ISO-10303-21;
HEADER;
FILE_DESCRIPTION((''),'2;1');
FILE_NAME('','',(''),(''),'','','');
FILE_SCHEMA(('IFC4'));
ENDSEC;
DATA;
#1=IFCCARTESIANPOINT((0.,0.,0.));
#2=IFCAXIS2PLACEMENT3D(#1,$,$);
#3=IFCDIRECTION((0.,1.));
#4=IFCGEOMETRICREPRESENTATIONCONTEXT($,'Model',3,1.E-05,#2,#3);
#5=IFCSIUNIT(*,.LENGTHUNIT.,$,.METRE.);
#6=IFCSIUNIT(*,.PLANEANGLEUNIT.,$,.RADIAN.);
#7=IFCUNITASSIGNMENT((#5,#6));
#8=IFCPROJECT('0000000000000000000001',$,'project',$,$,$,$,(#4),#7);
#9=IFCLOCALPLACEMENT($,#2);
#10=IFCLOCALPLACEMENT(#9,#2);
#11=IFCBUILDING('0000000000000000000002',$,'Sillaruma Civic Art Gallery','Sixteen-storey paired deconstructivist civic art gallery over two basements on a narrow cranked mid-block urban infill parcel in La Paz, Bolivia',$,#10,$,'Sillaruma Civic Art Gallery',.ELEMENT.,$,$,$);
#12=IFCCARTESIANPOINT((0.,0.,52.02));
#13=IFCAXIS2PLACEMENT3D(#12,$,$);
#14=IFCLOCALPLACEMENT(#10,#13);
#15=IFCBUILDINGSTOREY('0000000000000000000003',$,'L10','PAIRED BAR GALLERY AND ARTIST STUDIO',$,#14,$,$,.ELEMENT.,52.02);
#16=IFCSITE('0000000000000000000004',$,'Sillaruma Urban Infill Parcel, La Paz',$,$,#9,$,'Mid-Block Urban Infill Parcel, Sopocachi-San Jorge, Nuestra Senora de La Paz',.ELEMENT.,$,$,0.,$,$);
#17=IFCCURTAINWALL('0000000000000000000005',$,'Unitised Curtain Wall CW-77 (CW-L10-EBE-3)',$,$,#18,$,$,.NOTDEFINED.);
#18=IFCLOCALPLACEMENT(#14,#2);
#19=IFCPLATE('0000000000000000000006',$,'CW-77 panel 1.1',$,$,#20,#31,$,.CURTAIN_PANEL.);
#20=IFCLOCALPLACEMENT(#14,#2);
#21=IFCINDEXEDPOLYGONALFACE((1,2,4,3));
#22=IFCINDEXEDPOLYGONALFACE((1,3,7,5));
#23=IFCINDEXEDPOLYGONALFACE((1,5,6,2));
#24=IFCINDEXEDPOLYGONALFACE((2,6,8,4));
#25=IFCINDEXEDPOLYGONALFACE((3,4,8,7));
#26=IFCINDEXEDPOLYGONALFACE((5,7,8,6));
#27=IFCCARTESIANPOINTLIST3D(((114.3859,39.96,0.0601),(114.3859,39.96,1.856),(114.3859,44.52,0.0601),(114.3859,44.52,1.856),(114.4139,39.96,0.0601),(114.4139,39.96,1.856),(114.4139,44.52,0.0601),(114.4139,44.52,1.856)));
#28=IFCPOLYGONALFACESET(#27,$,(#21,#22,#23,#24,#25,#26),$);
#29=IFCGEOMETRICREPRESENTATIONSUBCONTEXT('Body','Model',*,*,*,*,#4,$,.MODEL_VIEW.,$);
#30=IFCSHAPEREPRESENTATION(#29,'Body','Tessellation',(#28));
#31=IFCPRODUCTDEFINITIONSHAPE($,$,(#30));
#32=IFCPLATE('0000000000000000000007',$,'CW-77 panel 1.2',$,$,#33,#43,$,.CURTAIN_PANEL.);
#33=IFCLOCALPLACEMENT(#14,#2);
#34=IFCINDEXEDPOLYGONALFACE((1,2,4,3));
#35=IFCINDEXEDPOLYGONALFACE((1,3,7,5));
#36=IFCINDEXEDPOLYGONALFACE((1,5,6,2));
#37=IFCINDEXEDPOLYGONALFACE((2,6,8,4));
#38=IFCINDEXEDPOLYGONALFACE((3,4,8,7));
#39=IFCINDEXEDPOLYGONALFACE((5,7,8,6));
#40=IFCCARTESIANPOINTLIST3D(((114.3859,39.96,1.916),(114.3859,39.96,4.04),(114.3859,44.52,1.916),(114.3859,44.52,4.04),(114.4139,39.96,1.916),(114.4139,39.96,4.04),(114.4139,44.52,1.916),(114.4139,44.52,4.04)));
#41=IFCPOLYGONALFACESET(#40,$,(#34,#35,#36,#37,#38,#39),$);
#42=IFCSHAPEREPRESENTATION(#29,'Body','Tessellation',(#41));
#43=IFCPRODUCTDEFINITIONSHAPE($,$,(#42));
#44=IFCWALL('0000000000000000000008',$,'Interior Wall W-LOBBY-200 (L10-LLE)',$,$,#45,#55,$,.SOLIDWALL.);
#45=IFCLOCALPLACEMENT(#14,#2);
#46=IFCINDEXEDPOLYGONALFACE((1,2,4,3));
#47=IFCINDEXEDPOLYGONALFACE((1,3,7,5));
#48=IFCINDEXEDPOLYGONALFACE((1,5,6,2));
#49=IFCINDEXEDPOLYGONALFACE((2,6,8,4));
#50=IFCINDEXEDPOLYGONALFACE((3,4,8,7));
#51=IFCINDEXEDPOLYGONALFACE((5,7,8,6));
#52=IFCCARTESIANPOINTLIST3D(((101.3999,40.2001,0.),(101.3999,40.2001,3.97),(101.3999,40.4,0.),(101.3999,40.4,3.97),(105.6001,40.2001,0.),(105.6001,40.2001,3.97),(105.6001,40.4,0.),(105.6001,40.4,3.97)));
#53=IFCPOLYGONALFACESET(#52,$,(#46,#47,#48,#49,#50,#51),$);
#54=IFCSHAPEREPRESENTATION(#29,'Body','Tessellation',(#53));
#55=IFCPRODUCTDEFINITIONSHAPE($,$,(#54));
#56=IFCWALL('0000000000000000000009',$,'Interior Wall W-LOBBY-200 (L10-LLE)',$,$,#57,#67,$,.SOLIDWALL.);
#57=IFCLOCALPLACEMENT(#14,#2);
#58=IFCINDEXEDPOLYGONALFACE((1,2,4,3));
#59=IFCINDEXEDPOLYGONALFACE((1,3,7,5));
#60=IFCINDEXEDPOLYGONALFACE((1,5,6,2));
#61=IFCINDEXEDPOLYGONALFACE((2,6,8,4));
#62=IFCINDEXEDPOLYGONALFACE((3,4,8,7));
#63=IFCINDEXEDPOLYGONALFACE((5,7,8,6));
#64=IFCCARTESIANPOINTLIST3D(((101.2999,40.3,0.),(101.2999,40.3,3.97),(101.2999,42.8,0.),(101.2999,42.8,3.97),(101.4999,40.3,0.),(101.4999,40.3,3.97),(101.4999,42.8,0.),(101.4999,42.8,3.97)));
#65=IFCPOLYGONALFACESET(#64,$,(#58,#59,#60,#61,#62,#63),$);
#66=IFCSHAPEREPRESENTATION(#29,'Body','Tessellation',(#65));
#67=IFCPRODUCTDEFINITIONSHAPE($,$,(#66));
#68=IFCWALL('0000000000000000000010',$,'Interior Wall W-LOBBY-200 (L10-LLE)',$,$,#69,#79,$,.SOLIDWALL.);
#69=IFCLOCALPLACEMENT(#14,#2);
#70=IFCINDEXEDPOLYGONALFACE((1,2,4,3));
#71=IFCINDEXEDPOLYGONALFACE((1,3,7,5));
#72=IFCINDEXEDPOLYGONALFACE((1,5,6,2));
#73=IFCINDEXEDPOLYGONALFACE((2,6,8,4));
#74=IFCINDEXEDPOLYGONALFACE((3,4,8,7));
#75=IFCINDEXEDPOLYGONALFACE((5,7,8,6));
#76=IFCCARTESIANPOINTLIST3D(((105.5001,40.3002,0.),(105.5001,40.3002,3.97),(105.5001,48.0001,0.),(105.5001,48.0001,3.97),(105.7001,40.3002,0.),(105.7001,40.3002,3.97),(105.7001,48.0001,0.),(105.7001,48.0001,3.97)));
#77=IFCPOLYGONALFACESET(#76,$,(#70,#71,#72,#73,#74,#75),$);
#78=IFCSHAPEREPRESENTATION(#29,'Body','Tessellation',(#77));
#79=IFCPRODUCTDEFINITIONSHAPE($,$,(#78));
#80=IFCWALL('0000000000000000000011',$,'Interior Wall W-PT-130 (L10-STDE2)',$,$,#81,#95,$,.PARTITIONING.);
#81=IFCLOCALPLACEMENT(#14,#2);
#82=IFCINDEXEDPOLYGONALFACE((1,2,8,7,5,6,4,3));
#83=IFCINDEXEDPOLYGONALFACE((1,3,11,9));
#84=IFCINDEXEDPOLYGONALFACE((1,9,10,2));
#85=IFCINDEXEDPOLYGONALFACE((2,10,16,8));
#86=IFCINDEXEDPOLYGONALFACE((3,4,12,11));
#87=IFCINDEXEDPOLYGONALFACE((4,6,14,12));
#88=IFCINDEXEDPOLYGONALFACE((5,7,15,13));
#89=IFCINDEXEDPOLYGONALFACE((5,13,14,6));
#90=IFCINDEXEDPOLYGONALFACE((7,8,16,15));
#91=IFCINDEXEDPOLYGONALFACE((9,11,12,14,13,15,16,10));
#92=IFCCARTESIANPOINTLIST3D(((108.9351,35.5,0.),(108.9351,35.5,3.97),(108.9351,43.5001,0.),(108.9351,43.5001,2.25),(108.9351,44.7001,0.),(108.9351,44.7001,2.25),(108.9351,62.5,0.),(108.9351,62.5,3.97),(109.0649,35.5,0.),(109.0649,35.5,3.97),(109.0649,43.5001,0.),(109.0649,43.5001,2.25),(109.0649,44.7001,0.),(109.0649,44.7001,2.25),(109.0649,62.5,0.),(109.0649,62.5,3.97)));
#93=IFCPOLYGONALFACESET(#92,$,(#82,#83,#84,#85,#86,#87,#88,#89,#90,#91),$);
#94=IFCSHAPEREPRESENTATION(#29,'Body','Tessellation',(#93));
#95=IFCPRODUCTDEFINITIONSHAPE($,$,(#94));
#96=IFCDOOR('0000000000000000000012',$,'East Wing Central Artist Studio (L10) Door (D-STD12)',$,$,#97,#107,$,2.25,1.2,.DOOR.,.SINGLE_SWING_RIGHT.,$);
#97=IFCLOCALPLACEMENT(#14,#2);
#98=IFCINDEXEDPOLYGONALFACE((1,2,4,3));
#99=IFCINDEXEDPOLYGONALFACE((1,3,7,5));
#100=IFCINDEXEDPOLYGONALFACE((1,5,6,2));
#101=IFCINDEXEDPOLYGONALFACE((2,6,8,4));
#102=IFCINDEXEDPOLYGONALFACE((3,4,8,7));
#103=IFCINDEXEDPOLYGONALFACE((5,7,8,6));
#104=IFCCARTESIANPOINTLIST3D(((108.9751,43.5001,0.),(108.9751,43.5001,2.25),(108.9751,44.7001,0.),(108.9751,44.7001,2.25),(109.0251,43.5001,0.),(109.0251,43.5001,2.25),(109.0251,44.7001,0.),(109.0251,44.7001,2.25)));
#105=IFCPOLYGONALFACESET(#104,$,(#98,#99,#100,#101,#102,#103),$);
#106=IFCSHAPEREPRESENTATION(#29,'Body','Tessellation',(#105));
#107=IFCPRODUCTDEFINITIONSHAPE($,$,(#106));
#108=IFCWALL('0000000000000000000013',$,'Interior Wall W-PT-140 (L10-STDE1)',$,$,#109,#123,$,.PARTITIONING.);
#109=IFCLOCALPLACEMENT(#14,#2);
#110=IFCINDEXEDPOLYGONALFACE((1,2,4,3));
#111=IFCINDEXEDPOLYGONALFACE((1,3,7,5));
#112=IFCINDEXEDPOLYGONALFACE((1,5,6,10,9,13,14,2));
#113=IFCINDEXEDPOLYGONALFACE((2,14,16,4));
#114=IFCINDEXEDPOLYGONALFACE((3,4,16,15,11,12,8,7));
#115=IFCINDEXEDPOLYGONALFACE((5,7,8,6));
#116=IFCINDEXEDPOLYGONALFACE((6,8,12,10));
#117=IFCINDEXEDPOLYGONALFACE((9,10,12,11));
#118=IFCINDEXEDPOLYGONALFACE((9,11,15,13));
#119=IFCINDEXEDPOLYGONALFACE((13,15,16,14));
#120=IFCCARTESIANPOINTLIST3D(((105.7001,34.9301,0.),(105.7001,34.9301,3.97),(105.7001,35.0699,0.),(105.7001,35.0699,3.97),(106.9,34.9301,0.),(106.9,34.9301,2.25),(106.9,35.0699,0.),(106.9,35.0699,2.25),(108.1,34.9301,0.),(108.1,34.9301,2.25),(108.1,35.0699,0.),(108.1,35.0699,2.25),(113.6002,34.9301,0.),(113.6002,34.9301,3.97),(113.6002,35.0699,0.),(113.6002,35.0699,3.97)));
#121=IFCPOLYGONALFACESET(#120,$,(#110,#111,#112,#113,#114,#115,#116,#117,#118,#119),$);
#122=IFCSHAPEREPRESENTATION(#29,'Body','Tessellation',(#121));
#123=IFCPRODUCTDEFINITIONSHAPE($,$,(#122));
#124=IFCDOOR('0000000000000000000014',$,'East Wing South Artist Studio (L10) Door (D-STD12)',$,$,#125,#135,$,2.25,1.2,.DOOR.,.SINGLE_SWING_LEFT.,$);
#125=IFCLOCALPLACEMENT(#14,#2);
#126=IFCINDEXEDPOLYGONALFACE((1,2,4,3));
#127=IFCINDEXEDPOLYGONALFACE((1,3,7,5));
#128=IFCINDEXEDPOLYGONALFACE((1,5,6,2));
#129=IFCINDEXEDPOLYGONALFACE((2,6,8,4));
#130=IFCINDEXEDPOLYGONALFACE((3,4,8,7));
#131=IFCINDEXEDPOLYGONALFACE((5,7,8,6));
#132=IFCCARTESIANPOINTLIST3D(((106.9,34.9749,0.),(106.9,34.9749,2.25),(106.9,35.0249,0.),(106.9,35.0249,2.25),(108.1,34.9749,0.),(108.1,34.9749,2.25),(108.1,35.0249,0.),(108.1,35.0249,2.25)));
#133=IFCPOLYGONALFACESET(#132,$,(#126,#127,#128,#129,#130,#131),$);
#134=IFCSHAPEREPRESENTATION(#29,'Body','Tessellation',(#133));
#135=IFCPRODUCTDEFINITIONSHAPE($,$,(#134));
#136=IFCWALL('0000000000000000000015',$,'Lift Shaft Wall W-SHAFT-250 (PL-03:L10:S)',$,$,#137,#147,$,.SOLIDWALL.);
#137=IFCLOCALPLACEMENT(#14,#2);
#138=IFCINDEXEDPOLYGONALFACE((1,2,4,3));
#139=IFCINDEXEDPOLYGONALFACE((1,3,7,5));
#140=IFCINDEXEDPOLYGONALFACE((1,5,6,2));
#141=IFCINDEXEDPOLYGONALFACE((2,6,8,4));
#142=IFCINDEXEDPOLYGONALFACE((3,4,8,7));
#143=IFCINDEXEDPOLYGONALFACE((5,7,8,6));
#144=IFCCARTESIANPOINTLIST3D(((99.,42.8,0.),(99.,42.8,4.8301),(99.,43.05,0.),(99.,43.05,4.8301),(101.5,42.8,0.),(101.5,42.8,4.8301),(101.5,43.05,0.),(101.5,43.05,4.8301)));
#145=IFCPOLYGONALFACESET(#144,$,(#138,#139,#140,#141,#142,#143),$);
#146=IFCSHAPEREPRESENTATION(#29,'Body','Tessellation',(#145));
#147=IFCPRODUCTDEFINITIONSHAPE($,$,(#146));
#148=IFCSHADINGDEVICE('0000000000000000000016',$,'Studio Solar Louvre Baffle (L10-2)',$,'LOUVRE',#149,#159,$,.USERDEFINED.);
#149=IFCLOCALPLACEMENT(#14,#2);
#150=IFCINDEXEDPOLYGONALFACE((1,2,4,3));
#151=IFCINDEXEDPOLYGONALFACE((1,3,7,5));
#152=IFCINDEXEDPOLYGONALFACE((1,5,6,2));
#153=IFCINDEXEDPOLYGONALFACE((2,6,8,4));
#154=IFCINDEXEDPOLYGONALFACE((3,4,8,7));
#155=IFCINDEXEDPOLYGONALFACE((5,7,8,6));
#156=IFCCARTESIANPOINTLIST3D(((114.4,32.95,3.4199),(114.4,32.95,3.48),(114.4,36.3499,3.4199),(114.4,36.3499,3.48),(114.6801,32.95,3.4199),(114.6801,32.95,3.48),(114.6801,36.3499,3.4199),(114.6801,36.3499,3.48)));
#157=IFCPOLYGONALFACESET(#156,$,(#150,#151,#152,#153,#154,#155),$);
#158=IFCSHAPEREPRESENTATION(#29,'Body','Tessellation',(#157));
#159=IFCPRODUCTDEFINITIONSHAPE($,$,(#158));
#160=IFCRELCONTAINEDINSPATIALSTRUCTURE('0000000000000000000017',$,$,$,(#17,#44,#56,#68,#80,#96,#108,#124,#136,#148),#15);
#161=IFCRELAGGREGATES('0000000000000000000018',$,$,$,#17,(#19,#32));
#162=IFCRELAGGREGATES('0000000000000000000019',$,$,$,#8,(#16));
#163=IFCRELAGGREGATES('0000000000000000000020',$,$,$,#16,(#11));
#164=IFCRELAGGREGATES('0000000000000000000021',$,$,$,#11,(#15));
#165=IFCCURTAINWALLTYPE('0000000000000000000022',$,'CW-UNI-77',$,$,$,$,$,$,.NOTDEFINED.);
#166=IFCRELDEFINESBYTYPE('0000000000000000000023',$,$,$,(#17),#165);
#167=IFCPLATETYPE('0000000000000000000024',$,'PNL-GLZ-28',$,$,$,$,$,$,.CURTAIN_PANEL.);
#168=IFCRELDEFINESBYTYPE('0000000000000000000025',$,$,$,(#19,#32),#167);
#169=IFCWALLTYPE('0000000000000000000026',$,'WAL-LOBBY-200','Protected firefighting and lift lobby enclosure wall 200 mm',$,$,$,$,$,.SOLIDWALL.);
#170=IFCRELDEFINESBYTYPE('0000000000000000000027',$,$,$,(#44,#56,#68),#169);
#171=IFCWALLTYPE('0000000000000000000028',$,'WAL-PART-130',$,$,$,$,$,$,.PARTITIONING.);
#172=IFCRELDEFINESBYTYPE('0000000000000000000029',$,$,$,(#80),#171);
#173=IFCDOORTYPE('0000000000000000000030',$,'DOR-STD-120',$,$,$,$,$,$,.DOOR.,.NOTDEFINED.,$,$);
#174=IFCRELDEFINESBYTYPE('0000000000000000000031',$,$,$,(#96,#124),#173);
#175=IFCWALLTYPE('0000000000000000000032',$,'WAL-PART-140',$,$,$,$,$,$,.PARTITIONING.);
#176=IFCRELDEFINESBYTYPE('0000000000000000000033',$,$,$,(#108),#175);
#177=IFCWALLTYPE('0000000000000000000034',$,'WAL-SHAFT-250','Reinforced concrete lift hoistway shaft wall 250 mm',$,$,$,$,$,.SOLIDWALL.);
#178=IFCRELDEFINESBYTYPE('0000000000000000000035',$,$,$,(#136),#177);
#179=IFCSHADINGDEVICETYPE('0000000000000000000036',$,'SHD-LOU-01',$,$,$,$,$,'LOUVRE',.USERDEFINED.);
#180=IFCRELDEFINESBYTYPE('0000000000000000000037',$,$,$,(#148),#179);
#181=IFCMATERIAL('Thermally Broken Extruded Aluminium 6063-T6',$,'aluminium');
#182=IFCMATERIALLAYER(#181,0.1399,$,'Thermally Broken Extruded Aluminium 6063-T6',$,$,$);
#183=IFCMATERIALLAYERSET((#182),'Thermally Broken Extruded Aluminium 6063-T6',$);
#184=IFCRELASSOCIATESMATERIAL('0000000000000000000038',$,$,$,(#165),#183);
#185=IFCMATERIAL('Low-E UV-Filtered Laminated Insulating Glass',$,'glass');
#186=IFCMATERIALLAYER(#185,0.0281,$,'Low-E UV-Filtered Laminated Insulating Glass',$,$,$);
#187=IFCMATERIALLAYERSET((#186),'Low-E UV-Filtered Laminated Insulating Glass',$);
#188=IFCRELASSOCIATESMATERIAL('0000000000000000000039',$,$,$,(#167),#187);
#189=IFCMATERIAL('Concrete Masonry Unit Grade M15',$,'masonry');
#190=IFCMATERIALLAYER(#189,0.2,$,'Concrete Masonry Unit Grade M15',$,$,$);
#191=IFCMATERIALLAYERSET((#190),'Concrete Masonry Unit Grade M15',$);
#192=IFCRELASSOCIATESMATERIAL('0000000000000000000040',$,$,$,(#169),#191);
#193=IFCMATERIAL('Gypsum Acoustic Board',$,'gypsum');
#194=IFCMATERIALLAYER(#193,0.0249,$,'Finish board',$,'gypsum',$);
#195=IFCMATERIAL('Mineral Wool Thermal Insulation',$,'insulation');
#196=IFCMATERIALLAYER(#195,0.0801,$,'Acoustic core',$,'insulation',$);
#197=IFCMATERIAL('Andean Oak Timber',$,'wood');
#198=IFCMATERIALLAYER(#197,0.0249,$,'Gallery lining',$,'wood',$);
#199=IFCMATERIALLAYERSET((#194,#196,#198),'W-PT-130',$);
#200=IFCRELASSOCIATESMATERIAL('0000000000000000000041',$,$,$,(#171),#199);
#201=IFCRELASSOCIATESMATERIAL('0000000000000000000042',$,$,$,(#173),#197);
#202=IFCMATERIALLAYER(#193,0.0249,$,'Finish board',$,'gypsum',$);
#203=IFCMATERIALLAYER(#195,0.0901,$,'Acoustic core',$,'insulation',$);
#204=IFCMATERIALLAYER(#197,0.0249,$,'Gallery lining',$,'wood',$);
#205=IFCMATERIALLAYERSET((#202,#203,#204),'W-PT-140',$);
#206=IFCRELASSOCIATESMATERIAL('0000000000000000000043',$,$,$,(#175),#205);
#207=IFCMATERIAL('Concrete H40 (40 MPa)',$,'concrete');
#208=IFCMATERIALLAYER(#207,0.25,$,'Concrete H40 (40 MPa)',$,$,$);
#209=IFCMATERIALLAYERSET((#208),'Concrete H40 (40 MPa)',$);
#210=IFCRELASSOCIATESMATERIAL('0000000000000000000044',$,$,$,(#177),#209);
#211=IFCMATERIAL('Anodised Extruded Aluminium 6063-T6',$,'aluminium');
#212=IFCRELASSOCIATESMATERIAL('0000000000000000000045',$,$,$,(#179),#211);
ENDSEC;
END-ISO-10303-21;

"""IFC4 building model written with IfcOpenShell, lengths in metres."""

from ifc_helpers import new_model, si_unit, direction, frame, frame_2d, origin, origin_2d, place, context, subcontext, project, spatial, rectangle, extrude, material, layer, layer_set, type_object, element, fill, aggregate, save


model = new_model("IFC4")

# Units and contexts
model_context = context("Model", 3, precision=1e-05, world=origin(), true_north=direction((0.0, 1.0)))
body_context = subcontext(model_context, "Body", "Model", "MODEL_VIEW")
ifc_project = project(units=[si_unit("LENGTHUNIT", "METRE"), si_unit("PLANEANGLEUNIT", "RADIAN")], contexts=[model_context])

# Site, building, storey
site_placement = place(None, origin())
site = spatial("IfcSite", under=ifc_project, at=site_placement, Name="Sillaruma Urban Infill Parcel, La Paz", LongName="Mid-Block Urban Infill Parcel, Sopocachi-San Jorge, Nuestra Senora de La Paz", CompositionType="ELEMENT", RefElevation=0.0)
building_placement = place(site_placement, origin())
building = spatial("IfcBuilding", under=site, at=building_placement, Name="Sillaruma Civic Art Gallery", Description="Sixteen-storey paired deconstructivist civic art gallery over two basements on a narrow cranked mid-block urban infill parcel in La Paz, Bolivia", LongName="Sillaruma Civic Art Gallery", CompositionType="ELEMENT")
storey_placement = place(building_placement, frame((0.0, 0.0, 52.02)))
storey = spatial("IfcBuildingStorey", under=building, at=storey_placement, Name="L10", Description="PAIRED BAR GALLERY AND ARTIST STUDIO", CompositionType="ELEMENT", Elevation=52.02)

# Shared definitions
ifc_material_1 = material(Name="Concrete H40 (40 MPa)", Category="concrete")

# Curtain wall, plates
ifc_material_2 = material(Name="Thermally Broken Extruded Aluminium 6063-T6", Category="aluminium")
ifc_layer_1 = layer(ifc_material_2, 0.1399, Name="Thermally Broken Extruded Aluminium 6063-T6")
ifc_layer_set_1 = layer_set([ifc_layer_1], Name="Thermally Broken Extruded Aluminium 6063-T6")
curtain_wall_type = type_object("IfcCurtainWallType", Name="CW-UNI-77", PredefinedType="NOTDEFINED", material=ifc_layer_set_1)
curtain_wall_placement = place(storey_placement, origin())
curtain_wall = element("IfcCurtainWall", 1, at=curtain_wall_placement, inside=storey, type_object=curtain_wall_type, Name="Unitised Curtain Wall CW-77 (CW-L10-EBE-3)", PredefinedType="NOTDEFINED")
ifc_material_3 = material(Name="Low-E UV-Filtered Laminated Insulating Glass", Category="glass")
ifc_layer_2 = layer(ifc_material_3, 0.0281, Name="Low-E UV-Filtered Laminated Insulating Glass")
ifc_layer_set_2 = layer_set([ifc_layer_2], Name="Low-E UV-Filtered Laminated Insulating Glass")
plate_type = type_object("IfcPlateType", Name="PNL-GLZ-28", PredefinedType="CURTAIN_PANEL", material=ifc_layer_set_2)
plate_1_placement = place(storey_placement, frame((114.3999, 42.24, 0.0601), z_axis=(0.0, 0.0, 1.0), x_axis=(0.0, 1.0, 0.0)))
plate_1 = element("IfcPlate", 2, at=plate_1_placement, type_object=plate_type, Name="CW-77 panel 1.1", PredefinedType="CURTAIN_PANEL", context=body_context, shape_type="SweptSolid", body=[
    extrude(rectangle(XDim=4.5601, YDim=0.0281, at=origin_2d()), origin(), (0.0, 0.0, 1.0), 1.7959),
])
plate_2_placement = place(storey_placement, frame((114.3999, 42.24, 1.916), z_axis=(0.0, 0.0, 1.0), x_axis=(0.0, 1.0, 0.0)))
plate_2 = element("IfcPlate", 3, at=plate_2_placement, type_object=plate_type, Name="CW-77 panel 1.2", PredefinedType="CURTAIN_PANEL", context=body_context, shape_type="SweptSolid", body=[
    extrude(rectangle(XDim=4.5601, YDim=0.0281, at=origin_2d()), origin(), (0.0, 0.0, 1.0), 2.124),
])
aggregate(curtain_wall, [plate_1, plate_2])

# Walls
ifc_material_4 = material(Name="Concrete Masonry Unit Grade M15", Category="masonry")
ifc_layer_3 = layer(ifc_material_4, 0.2, Name="Concrete Masonry Unit Grade M15")
ifc_layer_set_3 = layer_set([ifc_layer_3], Name="Concrete Masonry Unit Grade M15")
wall_type_1 = type_object("IfcWallType", Name="WAL-LOBBY-200", Description="Protected firefighting and lift lobby enclosure wall 200 mm", PredefinedType="SOLIDWALL", material=ifc_layer_set_3)
wall_1_placement = place(storey_placement, frame((101.3999, 40.3, 0.0), z_axis=(0.0, 0.0, 1.0), x_axis=(1.0, 0.0, 0.0)))
element("IfcWall", 4, at=wall_1_placement, inside=storey, type_object=wall_type_1, Name="Interior Wall W-LOBBY-200 (L10-LLE)", PredefinedType="SOLIDWALL", context=body_context, shape_type="SweptSolid", body=[
    extrude(rectangle(XDim=4.2002, YDim=0.2, at=frame_2d((2.1001, 0.0))), origin(), (0.0, 0.0, 1.0), 3.97),
])
wall_2_placement = place(storey_placement, frame((101.3999, 40.3, 0.0), z_axis=(0.0, 0.0, 1.0), x_axis=(0.0, 1.0, 0.0)))
element("IfcWall", 5, at=wall_2_placement, inside=storey, type_object=wall_type_1, Name="Interior Wall W-LOBBY-200 (L10-LLE)", PredefinedType="SOLIDWALL", context=body_context, shape_type="SweptSolid", body=[
    extrude(rectangle(XDim=2.5, YDim=0.2, at=frame_2d((1.25, 0.0))), origin(), (0.0, 0.0, 1.0), 3.97),
])
wall_3_placement = place(storey_placement, frame((105.6001, 40.3, 0.0), z_axis=(0.0, 0.0, 1.0), x_axis=(0.0, 1.0, 0.0)))
element("IfcWall", 6, at=wall_3_placement, inside=storey, type_object=wall_type_1, Name="Interior Wall W-LOBBY-200 (L10-LLE)", PredefinedType="SOLIDWALL", context=body_context, shape_type="SweptSolid", body=[
    extrude(rectangle(XDim=7.7, YDim=0.2, at=frame_2d((3.8501, 0.0))), origin(), (0.0, 0.0, 1.0), 3.97),
])

# Walls, openings, doors
ifc_material_5 = material(Name="Gypsum Acoustic Board", Category="gypsum")
ifc_layer_4 = layer(ifc_material_5, 0.0249, Name="Finish board", Category="gypsum")
ifc_material_6 = material(Name="Mineral Wool Thermal Insulation", Category="insulation")
ifc_layer_5 = layer(ifc_material_6, 0.0801, Name="Acoustic core", Category="insulation")
ifc_material_7 = material(Name="Andean Oak Timber", Category="wood")
ifc_layer_6 = layer(ifc_material_7, 0.0249, Name="Gallery lining", Category="wood")
ifc_layer_set_4 = layer_set([ifc_layer_4, ifc_layer_5, ifc_layer_6], Name="W-PT-130")
wall_type_2 = type_object("IfcWallType", Name="WAL-PART-130", PredefinedType="PARTITIONING", material=ifc_layer_set_4)
wall_4_placement = place(storey_placement, frame((109.0, 35.5, 0.0), z_axis=(0.0, 0.0, 1.0), x_axis=(0.0, 1.0, 0.0)))
wall_4 = element("IfcWall", 7, at=wall_4_placement, inside=storey, type_object=wall_type_2, Name="Interior Wall W-PT-130 (L10-STDE2)", PredefinedType="PARTITIONING", context=body_context, shape_type="SweptSolid", body=[
    extrude(rectangle(XDim=27.0, YDim=0.1299, at=frame_2d((13.5, 0.0))), origin(), (0.0, 0.0, 1.0), 3.97),
])
opening_1_placement = place(wall_4_placement, frame((8.0, 0.0, 0.0)))
opening_1 = element("IfcOpeningElement", 8, at=opening_1_placement, cuts=wall_4, PredefinedType="OPENING", context=body_context, shape_type="SweptSolid", body=[
    extrude(rectangle(XDim=1.2, YDim=2.25, at=frame_2d((0.6001, 1.125))), frame((0.0, 0.075, 0.0), z_axis=(0.0, -1.0, 0.0), x_axis=(1.0, 0.0, 0.0)), (0.0, 0.0, 1.0), 0.1499),
])
door_type = type_object("IfcDoorType", Name="DOR-STD-120", OperationType="NOTDEFINED", PredefinedType="DOOR", material=ifc_material_7)
door_1_placement = place(opening_1_placement, origin())
door_1 = element("IfcDoor", 9, at=door_1_placement, inside=storey, type_object=door_type, Name="East Wing Central Artist Studio (L10) Door (D-STD12)", OperationType="SINGLE_SWING_RIGHT", OverallHeight=2.25, OverallWidth=1.2, PredefinedType="DOOR", context=body_context, shape_type="SweptSolid", body=[
    extrude(rectangle(XDim=1.2, YDim=2.25, at=frame_2d((0.6001, 1.125))), frame((0.0, 0.0249, 0.0), z_axis=(0.0, -1.0, 0.0), x_axis=(1.0, 0.0, 0.0)), (0.0, 0.0, 1.0), 0.05),
])
fill(opening_1, door_1)
ifc_layer_7 = layer(ifc_material_5, 0.0249, Name="Finish board", Category="gypsum")
ifc_layer_8 = layer(ifc_material_6, 0.0901, Name="Acoustic core", Category="insulation")
ifc_layer_9 = layer(ifc_material_7, 0.0249, Name="Gallery lining", Category="wood")
ifc_layer_set_5 = layer_set([ifc_layer_7, ifc_layer_8, ifc_layer_9], Name="W-PT-140")
wall_type_3 = type_object("IfcWallType", Name="WAL-PART-140", PredefinedType="PARTITIONING", material=ifc_layer_set_5)
wall_5_placement = place(storey_placement, frame((105.7, 35.0, 0.0), z_axis=(0.0, 0.0, 1.0), x_axis=(1.0, 0.0, 0.0)))
wall_5 = element("IfcWall", 10, at=wall_5_placement, inside=storey, type_object=wall_type_3, Name="Interior Wall W-PT-140 (L10-STDE1)", PredefinedType="PARTITIONING", context=body_context, shape_type="SweptSolid", body=[
    extrude(rectangle(XDim=7.9001, YDim=0.1399, at=frame_2d((3.9502, 0.0))), origin(), (0.0, 0.0, 1.0), 3.97),
])
opening_2_placement = place(wall_5_placement, frame((1.2, 0.0, 0.0)))
opening_2 = element("IfcOpeningElement", 11, at=opening_2_placement, cuts=wall_5, PredefinedType="OPENING", context=body_context, shape_type="SweptSolid", body=[
    extrude(rectangle(XDim=1.2, YDim=2.25, at=frame_2d((0.6001, 1.125))), frame((0.0, 0.0798, 0.0), z_axis=(0.0, -1.0, 0.0), x_axis=(1.0, 0.0, 0.0)), (0.0, 0.0, 1.0), 0.1599),
])
door_2_placement = place(opening_2_placement, origin())
door_2 = element("IfcDoor", 12, at=door_2_placement, inside=storey, type_object=door_type, Name="East Wing South Artist Studio (L10) Door (D-STD12)", OperationType="SINGLE_SWING_LEFT", OverallHeight=2.25, OverallWidth=1.2, PredefinedType="DOOR", context=body_context, shape_type="SweptSolid", body=[
    extrude(rectangle(XDim=1.2, YDim=2.25, at=frame_2d((0.6001, 1.125))), frame((0.0, 0.0249, 0.0), z_axis=(0.0, -1.0, 0.0), x_axis=(1.0, 0.0, 0.0)), (0.0, 0.0, 1.0), 0.05),
])
fill(opening_2, door_2)

# Wall
ifc_layer_10 = layer(ifc_material_1, 0.25, Name="Concrete H40 (40 MPa)")
ifc_layer_set_6 = layer_set([ifc_layer_10], Name="Concrete H40 (40 MPa)")
wall_type_4 = type_object("IfcWallType", Name="WAL-SHAFT-250", Description="Reinforced concrete lift hoistway shaft wall 250 mm", PredefinedType="SOLIDWALL", material=ifc_layer_set_6)
wall_6_placement = place(storey_placement, frame((99.0, 42.925, 0.0), z_axis=(0.0, 0.0, 1.0), x_axis=(1.0, 0.0, 0.0)))
element("IfcWall", 13, at=wall_6_placement, inside=storey, type_object=wall_type_4, Name="Lift Shaft Wall W-SHAFT-250 (PL-03:L10:S)", PredefinedType="SOLIDWALL", context=body_context, shape_type="SweptSolid", body=[
    extrude(rectangle(XDim=2.5, YDim=0.25, at=frame_2d((1.25, 0.0))), origin(), (0.0, 0.0, 1.0), 4.8301),
])

# Shading device
ifc_material_8 = material(Name="Anodised Extruded Aluminium 6063-T6", Category="aluminium")
shading_device_type = type_object("IfcShadingDeviceType", Name="SHD-LOU-01", ElementType="LOUVRE", PredefinedType="USERDEFINED", material=ifc_material_8)
shading_device_placement = place(storey_placement, frame((114.54, 34.6499, 3.4199), z_axis=(0.0, 0.0, 1.0), x_axis=(0.0, 1.0, 0.0)))
element("IfcShadingDevice", 14, at=shading_device_placement, inside=storey, type_object=shading_device_type, Name="Studio Solar Louvre Baffle (L10-2)", ObjectType="LOUVRE", PredefinedType="USERDEFINED", context=body_context, shape_type="SweptSolid", body=[
    extrude(rectangle(XDim=3.3999, YDim=0.28, at=origin_2d()), origin(), (0.0, 0.0, 1.0), 0.0601),
])

save(model, "model.ifc")
